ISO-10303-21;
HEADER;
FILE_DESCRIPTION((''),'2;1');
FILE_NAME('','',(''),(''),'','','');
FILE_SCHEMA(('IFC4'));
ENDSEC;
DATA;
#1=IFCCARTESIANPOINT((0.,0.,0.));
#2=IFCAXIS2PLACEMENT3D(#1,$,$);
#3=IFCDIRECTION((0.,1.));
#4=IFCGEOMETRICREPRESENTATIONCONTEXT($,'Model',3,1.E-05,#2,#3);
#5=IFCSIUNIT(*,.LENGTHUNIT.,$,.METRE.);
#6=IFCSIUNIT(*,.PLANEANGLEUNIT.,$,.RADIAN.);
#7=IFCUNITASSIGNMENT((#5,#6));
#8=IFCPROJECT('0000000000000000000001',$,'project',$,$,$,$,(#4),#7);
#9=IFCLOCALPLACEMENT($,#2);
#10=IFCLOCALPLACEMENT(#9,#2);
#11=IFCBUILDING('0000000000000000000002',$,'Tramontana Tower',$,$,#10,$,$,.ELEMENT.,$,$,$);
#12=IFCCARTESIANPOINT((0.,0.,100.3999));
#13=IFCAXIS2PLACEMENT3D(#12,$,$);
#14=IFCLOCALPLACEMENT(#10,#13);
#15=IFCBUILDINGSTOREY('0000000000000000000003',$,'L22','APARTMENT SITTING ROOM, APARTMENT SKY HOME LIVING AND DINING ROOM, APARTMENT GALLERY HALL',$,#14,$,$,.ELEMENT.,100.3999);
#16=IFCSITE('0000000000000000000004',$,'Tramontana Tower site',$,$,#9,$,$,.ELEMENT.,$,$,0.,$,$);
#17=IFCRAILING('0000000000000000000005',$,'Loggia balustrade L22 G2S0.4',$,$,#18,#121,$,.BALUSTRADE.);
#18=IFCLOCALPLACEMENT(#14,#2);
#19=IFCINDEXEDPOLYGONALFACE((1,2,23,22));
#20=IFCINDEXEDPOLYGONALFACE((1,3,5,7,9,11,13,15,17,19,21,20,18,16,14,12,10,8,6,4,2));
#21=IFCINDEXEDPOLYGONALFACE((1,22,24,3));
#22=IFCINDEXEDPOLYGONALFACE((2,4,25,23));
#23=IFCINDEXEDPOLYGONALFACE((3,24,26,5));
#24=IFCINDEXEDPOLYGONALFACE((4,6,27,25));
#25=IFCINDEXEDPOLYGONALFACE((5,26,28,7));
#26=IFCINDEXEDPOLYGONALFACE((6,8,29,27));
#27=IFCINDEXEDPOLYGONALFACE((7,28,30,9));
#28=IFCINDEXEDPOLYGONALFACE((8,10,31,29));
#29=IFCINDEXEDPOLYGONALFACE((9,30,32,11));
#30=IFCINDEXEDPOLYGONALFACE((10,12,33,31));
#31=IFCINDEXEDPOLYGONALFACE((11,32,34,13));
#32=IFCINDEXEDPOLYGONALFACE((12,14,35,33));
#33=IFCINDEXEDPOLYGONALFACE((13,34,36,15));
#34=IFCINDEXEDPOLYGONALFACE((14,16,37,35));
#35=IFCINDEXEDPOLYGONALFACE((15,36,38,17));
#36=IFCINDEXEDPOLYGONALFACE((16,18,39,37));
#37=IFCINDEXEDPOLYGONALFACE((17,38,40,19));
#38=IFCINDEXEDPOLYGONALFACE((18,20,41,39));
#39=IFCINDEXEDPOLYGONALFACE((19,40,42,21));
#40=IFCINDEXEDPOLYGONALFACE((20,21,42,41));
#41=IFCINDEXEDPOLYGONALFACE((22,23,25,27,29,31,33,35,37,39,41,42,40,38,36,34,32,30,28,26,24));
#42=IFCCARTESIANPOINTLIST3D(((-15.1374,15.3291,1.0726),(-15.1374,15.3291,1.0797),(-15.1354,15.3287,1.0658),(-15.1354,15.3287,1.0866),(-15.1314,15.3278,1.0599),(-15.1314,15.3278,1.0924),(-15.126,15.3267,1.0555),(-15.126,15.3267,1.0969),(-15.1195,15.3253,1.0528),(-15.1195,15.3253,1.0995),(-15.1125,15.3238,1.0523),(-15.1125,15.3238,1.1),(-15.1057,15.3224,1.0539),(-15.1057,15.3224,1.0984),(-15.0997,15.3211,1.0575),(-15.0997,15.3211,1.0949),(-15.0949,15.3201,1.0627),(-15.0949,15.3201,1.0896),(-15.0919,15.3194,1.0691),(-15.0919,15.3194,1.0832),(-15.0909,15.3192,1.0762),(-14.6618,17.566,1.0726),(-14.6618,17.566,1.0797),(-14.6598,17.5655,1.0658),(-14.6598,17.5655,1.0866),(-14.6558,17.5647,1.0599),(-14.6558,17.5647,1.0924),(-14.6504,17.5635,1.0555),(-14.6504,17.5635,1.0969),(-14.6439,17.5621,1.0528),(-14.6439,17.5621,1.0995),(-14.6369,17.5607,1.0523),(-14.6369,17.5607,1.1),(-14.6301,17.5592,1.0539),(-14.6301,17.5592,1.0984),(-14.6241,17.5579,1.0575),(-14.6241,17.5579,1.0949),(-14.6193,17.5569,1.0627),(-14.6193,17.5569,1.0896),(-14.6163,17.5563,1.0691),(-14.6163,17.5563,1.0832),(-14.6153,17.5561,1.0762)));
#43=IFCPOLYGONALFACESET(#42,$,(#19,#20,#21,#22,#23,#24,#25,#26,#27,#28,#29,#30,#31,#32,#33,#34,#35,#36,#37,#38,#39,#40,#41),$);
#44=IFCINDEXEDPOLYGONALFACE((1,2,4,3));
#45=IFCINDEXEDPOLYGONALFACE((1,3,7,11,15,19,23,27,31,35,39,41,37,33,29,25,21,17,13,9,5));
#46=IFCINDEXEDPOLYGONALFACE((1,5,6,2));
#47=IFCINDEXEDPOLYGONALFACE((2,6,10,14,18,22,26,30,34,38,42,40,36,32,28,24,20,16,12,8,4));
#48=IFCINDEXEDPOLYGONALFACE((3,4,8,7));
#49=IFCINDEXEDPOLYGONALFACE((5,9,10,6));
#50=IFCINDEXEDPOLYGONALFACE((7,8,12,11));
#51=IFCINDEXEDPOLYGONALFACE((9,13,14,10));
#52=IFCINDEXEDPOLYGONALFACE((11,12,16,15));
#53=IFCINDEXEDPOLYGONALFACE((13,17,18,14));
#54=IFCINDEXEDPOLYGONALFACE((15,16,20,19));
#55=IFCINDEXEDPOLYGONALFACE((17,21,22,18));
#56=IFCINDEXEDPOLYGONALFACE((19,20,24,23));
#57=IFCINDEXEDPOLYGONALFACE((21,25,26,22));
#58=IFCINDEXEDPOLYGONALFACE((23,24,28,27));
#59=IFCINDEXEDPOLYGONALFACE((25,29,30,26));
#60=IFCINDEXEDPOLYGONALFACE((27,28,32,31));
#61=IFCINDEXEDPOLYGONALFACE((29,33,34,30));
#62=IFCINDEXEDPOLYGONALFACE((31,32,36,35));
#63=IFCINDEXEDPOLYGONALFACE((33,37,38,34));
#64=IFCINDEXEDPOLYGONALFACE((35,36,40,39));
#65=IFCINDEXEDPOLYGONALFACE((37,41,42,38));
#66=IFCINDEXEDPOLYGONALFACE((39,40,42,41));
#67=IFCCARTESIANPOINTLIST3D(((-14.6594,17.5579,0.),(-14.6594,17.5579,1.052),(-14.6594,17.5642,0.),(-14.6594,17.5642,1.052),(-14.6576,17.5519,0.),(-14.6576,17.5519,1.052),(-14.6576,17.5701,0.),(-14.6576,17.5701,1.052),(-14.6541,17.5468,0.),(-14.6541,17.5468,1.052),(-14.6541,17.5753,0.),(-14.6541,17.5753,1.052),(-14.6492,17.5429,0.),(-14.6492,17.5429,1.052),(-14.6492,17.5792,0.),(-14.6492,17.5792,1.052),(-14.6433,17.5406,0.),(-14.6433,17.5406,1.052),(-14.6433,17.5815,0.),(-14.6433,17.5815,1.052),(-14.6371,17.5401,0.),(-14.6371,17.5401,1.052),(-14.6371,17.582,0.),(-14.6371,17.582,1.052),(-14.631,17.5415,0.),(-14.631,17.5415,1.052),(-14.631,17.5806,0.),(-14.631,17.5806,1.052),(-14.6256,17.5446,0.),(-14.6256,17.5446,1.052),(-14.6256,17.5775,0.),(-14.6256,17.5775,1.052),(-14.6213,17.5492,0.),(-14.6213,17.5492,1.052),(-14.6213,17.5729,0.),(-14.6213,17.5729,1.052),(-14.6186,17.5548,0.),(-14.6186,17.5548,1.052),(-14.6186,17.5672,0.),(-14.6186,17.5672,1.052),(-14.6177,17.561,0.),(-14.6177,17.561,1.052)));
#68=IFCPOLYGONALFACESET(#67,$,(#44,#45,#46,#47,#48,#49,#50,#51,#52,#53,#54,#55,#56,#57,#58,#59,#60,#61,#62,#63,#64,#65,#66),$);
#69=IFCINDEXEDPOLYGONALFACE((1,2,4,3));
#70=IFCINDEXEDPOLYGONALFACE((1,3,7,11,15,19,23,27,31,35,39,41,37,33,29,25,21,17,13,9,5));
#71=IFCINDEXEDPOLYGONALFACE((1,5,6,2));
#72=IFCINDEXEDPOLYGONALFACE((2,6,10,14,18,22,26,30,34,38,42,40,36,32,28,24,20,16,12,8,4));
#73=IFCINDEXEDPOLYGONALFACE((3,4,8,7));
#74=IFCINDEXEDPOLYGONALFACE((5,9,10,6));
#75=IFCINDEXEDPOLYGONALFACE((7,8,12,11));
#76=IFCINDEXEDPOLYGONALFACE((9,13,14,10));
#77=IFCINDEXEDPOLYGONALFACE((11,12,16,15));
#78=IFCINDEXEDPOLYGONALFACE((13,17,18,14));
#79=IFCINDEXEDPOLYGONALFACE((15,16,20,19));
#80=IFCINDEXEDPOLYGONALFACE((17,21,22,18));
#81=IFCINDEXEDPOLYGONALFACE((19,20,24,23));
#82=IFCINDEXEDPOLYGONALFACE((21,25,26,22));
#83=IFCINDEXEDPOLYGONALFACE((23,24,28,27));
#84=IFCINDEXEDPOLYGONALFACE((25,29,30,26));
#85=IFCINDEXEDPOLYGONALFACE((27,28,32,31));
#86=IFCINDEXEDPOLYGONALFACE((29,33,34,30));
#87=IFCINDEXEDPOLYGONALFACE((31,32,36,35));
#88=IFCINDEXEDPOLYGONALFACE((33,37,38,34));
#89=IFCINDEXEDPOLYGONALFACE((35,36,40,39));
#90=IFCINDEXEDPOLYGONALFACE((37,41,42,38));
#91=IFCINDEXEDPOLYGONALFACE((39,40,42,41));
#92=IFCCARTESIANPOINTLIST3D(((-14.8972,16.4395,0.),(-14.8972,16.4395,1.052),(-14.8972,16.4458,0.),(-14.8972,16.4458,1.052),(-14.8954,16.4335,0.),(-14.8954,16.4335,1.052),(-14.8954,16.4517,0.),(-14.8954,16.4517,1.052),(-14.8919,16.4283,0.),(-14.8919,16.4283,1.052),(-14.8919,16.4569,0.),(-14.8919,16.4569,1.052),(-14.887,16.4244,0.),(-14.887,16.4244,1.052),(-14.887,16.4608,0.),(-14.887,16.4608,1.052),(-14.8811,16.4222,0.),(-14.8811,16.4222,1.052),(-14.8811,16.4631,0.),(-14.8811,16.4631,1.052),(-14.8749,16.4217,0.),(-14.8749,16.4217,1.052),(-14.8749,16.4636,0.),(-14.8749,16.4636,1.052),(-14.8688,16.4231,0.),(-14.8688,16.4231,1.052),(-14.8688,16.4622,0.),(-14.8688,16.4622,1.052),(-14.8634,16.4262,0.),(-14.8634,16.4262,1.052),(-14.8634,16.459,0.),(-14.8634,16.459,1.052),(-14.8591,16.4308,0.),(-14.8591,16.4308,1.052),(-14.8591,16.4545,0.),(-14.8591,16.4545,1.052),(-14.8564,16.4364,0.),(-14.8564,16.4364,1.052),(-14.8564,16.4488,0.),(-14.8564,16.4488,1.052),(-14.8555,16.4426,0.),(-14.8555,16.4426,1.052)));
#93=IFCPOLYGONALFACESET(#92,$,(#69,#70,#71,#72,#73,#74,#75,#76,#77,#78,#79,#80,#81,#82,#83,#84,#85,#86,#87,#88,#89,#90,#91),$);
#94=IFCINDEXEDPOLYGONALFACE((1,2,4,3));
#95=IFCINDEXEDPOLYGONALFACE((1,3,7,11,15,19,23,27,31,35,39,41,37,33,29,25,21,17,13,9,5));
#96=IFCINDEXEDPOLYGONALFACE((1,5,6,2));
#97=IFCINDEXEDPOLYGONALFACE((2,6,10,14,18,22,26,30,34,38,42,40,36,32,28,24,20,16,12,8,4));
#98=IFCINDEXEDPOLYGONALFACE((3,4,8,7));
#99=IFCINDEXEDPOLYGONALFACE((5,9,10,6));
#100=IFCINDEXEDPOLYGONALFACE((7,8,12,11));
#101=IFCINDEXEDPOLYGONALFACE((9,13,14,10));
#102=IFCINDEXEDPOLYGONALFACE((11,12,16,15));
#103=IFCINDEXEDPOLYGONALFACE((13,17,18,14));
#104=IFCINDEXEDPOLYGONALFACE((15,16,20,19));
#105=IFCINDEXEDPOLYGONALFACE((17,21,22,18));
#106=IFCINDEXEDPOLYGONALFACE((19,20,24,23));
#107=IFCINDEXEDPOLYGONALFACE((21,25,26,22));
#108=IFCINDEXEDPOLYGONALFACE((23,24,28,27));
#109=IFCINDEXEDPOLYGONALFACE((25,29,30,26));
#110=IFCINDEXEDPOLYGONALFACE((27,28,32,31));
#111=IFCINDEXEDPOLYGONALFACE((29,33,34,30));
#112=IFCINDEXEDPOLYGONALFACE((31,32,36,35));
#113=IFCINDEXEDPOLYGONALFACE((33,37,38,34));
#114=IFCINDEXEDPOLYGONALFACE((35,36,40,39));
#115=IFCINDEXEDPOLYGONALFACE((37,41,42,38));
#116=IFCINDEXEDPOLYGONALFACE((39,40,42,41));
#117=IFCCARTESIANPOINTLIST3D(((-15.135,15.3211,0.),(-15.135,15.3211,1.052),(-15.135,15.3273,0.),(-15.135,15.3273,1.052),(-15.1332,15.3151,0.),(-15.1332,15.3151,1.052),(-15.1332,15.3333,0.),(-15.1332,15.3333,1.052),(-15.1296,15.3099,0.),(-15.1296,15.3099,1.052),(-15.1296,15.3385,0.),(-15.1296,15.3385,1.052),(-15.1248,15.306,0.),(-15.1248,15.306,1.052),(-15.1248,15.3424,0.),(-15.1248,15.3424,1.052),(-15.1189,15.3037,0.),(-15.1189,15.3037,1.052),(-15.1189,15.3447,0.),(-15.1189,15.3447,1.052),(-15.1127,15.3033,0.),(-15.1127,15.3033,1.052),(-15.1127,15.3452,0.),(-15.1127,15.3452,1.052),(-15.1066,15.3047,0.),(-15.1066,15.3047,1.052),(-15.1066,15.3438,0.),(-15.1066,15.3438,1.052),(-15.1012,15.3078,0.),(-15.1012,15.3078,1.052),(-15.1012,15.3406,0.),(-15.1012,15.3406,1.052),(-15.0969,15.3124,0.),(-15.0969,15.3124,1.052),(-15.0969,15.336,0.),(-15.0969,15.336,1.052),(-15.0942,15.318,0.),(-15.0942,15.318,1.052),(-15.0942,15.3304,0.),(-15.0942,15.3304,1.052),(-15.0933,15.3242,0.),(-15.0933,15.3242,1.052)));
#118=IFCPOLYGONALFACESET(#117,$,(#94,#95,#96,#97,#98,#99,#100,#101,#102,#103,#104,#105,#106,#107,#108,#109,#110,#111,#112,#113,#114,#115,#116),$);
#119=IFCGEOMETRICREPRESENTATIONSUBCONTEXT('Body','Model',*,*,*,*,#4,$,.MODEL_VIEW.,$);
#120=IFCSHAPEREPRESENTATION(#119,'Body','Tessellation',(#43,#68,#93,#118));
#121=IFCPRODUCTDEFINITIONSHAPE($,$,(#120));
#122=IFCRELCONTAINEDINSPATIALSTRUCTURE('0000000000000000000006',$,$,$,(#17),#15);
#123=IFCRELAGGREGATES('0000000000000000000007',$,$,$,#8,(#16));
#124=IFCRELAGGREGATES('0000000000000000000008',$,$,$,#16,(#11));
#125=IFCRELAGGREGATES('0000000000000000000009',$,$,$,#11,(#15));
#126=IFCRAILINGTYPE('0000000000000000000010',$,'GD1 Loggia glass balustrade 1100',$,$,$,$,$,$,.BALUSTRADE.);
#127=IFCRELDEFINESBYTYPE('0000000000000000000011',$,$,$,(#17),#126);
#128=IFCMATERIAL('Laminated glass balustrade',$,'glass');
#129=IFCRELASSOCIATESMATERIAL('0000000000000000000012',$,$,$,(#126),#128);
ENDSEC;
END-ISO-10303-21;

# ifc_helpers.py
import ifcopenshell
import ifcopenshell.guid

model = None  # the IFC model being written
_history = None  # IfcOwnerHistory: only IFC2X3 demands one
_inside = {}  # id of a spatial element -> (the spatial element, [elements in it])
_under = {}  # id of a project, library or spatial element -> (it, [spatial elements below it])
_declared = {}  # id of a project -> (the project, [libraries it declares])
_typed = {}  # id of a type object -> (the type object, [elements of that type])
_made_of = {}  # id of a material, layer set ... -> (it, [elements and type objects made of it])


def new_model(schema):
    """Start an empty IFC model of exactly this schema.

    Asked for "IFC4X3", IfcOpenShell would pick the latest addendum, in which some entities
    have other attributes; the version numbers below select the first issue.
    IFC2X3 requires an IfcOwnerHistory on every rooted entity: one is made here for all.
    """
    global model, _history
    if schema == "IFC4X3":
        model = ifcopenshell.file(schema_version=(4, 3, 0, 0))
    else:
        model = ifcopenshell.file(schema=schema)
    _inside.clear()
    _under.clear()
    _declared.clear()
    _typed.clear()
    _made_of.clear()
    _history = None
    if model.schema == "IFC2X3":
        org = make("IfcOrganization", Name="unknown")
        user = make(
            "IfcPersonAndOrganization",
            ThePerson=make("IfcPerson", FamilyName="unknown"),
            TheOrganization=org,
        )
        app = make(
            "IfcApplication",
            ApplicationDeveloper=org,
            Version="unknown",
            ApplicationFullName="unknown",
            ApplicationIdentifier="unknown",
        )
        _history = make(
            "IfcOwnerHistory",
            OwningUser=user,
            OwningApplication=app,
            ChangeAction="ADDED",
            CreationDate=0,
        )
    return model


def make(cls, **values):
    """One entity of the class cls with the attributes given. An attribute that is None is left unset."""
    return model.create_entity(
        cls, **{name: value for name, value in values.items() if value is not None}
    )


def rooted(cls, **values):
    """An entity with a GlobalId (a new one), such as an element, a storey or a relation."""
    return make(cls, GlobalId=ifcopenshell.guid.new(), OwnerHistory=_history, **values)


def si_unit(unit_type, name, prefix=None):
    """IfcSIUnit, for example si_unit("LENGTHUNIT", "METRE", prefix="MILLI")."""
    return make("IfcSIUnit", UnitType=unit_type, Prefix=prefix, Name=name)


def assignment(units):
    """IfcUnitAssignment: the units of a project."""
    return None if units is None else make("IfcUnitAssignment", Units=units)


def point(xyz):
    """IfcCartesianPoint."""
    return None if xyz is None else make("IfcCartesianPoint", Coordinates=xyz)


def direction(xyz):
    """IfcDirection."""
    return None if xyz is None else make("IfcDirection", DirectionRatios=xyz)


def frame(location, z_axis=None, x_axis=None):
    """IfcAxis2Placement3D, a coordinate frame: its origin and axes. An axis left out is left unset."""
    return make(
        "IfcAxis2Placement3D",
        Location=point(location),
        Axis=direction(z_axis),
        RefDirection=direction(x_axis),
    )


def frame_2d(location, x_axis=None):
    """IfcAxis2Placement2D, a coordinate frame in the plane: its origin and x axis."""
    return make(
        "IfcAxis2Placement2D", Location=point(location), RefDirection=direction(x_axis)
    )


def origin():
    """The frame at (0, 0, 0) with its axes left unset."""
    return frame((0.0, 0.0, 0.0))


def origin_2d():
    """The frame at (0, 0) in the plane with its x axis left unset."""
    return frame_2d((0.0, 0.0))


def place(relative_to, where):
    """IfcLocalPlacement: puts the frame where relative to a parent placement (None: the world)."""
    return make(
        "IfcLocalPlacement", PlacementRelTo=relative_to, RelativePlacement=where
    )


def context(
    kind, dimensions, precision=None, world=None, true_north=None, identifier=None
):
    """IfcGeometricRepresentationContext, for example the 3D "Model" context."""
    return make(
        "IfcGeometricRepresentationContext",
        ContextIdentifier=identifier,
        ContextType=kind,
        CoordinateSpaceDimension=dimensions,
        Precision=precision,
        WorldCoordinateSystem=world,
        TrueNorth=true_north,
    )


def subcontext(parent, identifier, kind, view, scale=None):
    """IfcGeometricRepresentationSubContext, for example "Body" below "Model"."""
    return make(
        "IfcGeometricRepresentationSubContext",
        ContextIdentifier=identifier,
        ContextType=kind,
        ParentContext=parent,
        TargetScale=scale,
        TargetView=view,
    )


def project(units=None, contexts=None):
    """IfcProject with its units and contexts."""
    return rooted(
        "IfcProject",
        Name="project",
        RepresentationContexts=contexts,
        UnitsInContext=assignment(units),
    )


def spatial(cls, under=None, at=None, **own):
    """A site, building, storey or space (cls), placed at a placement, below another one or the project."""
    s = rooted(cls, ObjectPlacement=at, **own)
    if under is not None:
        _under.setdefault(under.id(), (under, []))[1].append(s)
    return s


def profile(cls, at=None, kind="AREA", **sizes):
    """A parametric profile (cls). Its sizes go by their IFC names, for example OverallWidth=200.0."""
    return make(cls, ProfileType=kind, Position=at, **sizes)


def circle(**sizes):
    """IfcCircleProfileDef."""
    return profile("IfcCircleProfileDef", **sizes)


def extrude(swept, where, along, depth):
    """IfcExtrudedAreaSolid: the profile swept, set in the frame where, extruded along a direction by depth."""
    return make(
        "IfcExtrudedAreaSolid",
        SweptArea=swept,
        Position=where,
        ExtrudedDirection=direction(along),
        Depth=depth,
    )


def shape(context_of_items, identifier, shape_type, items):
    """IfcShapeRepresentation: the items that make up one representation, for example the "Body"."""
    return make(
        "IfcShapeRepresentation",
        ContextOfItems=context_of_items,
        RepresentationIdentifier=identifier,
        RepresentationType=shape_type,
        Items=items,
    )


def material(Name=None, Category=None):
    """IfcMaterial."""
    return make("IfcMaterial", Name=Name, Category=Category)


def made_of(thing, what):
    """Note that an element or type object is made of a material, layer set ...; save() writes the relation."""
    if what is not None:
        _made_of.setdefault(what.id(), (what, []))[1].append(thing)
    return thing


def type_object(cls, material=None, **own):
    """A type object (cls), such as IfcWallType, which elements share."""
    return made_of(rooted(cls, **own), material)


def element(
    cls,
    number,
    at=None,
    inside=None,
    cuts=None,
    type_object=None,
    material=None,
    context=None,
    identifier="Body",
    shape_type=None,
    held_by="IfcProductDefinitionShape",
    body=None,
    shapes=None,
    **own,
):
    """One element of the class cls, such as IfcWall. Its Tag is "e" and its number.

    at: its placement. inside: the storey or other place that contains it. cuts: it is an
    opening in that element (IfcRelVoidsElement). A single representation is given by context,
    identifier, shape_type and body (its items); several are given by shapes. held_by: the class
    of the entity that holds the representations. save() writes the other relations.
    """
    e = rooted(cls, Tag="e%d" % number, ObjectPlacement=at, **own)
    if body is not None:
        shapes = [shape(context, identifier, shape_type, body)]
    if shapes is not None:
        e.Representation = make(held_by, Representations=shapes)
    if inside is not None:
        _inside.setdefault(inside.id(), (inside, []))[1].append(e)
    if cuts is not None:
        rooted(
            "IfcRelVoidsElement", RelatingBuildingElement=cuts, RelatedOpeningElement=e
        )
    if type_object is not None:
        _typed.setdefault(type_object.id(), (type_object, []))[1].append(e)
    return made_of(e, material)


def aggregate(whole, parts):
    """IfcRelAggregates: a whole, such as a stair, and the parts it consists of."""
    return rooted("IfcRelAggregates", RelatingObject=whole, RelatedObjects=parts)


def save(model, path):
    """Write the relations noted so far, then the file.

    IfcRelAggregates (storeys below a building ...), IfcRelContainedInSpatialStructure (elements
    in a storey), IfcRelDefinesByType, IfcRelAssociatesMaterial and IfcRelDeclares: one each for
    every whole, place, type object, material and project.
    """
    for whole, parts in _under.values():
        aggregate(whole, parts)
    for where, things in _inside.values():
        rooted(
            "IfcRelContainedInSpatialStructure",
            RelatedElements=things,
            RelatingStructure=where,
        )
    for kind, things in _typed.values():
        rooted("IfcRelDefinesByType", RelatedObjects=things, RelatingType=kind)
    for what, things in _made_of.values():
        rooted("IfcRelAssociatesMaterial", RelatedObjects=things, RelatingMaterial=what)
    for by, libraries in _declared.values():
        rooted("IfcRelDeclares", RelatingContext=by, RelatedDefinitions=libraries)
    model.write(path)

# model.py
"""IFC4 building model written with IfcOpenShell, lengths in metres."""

from ifc_helpers import new_model, si_unit, direction, frame, origin, origin_2d, place, context, subcontext, project, spatial, circle, extrude, material, type_object, element, save


model = new_model("IFC4")

# Units and contexts
model_context = context("Model", 3, precision=1e-05, world=origin(), true_north=direction((0.0, 1.0)))
body_context = subcontext(model_context, "Body", "Model", "MODEL_VIEW")
ifc_project = project(units=[si_unit("LENGTHUNIT", "METRE"), si_unit("PLANEANGLEUNIT", "RADIAN")], contexts=[model_context])

# Site, building, storey
site_placement = place(None, origin())
site = spatial("IfcSite", under=ifc_project, at=site_placement, Name="Tramontana Tower site", CompositionType="ELEMENT", RefElevation=0.0)
building_placement = place(site_placement, origin())
building = spatial("IfcBuilding", under=site, at=building_placement, Name="Tramontana Tower", CompositionType="ELEMENT")
storey_placement = place(building_placement, frame((0.0, 0.0, 100.3999)))
storey = spatial("IfcBuildingStorey", under=building, at=storey_placement, Name="L22", Description="APARTMENT SITTING ROOM, APARTMENT SKY HOME LIVING AND DINING ROOM, APARTMENT GALLERY HALL", CompositionType="ELEMENT", Elevation=100.3999)

# Railing
ifc_material_1 = material(Name="Laminated glass balustrade", Category="glass")
railing_type = type_object("IfcRailingType", Name="GD1 Loggia glass balustrade 1100", PredefinedType="BALUSTRADE", material=ifc_material_1)
railing_placement = place(storey_placement, frame((-14.6387, 17.561, 0.0)))
element("IfcRailing", 1, at=railing_placement, inside=storey, type_object=railing_type, Name="Loggia balustrade L22 G2S0.4", PredefinedType="BALUSTRADE", context=body_context, shape_type="SweptSolid", body=[
    extrude(circle(Radius=0.0239, at=origin_2d()), frame((0.0, 0.0, 1.0762), z_axis=(-0.207969, -0.978136, 0.0), x_axis=(0.978136, -0.207969, 0.0)), (0.0, 0.0, 1.0), 2.2869),
    extrude(circle(Radius=0.021, at=origin_2d()), origin(), (0.0, 0.0, 1.0), 1.052),
    extrude(circle(Radius=0.021, at=origin_2d()), frame((-0.2378, -1.1184, 0.0)), (0.0, 0.0, 1.0), 1.052),
    extrude(circle(Radius=0.021, at=origin_2d()), frame((-0.4756, -2.2368, 0.0)), (0.0, 0.0, 1.0), 1.052),
])

save(model, "model.ifc")
